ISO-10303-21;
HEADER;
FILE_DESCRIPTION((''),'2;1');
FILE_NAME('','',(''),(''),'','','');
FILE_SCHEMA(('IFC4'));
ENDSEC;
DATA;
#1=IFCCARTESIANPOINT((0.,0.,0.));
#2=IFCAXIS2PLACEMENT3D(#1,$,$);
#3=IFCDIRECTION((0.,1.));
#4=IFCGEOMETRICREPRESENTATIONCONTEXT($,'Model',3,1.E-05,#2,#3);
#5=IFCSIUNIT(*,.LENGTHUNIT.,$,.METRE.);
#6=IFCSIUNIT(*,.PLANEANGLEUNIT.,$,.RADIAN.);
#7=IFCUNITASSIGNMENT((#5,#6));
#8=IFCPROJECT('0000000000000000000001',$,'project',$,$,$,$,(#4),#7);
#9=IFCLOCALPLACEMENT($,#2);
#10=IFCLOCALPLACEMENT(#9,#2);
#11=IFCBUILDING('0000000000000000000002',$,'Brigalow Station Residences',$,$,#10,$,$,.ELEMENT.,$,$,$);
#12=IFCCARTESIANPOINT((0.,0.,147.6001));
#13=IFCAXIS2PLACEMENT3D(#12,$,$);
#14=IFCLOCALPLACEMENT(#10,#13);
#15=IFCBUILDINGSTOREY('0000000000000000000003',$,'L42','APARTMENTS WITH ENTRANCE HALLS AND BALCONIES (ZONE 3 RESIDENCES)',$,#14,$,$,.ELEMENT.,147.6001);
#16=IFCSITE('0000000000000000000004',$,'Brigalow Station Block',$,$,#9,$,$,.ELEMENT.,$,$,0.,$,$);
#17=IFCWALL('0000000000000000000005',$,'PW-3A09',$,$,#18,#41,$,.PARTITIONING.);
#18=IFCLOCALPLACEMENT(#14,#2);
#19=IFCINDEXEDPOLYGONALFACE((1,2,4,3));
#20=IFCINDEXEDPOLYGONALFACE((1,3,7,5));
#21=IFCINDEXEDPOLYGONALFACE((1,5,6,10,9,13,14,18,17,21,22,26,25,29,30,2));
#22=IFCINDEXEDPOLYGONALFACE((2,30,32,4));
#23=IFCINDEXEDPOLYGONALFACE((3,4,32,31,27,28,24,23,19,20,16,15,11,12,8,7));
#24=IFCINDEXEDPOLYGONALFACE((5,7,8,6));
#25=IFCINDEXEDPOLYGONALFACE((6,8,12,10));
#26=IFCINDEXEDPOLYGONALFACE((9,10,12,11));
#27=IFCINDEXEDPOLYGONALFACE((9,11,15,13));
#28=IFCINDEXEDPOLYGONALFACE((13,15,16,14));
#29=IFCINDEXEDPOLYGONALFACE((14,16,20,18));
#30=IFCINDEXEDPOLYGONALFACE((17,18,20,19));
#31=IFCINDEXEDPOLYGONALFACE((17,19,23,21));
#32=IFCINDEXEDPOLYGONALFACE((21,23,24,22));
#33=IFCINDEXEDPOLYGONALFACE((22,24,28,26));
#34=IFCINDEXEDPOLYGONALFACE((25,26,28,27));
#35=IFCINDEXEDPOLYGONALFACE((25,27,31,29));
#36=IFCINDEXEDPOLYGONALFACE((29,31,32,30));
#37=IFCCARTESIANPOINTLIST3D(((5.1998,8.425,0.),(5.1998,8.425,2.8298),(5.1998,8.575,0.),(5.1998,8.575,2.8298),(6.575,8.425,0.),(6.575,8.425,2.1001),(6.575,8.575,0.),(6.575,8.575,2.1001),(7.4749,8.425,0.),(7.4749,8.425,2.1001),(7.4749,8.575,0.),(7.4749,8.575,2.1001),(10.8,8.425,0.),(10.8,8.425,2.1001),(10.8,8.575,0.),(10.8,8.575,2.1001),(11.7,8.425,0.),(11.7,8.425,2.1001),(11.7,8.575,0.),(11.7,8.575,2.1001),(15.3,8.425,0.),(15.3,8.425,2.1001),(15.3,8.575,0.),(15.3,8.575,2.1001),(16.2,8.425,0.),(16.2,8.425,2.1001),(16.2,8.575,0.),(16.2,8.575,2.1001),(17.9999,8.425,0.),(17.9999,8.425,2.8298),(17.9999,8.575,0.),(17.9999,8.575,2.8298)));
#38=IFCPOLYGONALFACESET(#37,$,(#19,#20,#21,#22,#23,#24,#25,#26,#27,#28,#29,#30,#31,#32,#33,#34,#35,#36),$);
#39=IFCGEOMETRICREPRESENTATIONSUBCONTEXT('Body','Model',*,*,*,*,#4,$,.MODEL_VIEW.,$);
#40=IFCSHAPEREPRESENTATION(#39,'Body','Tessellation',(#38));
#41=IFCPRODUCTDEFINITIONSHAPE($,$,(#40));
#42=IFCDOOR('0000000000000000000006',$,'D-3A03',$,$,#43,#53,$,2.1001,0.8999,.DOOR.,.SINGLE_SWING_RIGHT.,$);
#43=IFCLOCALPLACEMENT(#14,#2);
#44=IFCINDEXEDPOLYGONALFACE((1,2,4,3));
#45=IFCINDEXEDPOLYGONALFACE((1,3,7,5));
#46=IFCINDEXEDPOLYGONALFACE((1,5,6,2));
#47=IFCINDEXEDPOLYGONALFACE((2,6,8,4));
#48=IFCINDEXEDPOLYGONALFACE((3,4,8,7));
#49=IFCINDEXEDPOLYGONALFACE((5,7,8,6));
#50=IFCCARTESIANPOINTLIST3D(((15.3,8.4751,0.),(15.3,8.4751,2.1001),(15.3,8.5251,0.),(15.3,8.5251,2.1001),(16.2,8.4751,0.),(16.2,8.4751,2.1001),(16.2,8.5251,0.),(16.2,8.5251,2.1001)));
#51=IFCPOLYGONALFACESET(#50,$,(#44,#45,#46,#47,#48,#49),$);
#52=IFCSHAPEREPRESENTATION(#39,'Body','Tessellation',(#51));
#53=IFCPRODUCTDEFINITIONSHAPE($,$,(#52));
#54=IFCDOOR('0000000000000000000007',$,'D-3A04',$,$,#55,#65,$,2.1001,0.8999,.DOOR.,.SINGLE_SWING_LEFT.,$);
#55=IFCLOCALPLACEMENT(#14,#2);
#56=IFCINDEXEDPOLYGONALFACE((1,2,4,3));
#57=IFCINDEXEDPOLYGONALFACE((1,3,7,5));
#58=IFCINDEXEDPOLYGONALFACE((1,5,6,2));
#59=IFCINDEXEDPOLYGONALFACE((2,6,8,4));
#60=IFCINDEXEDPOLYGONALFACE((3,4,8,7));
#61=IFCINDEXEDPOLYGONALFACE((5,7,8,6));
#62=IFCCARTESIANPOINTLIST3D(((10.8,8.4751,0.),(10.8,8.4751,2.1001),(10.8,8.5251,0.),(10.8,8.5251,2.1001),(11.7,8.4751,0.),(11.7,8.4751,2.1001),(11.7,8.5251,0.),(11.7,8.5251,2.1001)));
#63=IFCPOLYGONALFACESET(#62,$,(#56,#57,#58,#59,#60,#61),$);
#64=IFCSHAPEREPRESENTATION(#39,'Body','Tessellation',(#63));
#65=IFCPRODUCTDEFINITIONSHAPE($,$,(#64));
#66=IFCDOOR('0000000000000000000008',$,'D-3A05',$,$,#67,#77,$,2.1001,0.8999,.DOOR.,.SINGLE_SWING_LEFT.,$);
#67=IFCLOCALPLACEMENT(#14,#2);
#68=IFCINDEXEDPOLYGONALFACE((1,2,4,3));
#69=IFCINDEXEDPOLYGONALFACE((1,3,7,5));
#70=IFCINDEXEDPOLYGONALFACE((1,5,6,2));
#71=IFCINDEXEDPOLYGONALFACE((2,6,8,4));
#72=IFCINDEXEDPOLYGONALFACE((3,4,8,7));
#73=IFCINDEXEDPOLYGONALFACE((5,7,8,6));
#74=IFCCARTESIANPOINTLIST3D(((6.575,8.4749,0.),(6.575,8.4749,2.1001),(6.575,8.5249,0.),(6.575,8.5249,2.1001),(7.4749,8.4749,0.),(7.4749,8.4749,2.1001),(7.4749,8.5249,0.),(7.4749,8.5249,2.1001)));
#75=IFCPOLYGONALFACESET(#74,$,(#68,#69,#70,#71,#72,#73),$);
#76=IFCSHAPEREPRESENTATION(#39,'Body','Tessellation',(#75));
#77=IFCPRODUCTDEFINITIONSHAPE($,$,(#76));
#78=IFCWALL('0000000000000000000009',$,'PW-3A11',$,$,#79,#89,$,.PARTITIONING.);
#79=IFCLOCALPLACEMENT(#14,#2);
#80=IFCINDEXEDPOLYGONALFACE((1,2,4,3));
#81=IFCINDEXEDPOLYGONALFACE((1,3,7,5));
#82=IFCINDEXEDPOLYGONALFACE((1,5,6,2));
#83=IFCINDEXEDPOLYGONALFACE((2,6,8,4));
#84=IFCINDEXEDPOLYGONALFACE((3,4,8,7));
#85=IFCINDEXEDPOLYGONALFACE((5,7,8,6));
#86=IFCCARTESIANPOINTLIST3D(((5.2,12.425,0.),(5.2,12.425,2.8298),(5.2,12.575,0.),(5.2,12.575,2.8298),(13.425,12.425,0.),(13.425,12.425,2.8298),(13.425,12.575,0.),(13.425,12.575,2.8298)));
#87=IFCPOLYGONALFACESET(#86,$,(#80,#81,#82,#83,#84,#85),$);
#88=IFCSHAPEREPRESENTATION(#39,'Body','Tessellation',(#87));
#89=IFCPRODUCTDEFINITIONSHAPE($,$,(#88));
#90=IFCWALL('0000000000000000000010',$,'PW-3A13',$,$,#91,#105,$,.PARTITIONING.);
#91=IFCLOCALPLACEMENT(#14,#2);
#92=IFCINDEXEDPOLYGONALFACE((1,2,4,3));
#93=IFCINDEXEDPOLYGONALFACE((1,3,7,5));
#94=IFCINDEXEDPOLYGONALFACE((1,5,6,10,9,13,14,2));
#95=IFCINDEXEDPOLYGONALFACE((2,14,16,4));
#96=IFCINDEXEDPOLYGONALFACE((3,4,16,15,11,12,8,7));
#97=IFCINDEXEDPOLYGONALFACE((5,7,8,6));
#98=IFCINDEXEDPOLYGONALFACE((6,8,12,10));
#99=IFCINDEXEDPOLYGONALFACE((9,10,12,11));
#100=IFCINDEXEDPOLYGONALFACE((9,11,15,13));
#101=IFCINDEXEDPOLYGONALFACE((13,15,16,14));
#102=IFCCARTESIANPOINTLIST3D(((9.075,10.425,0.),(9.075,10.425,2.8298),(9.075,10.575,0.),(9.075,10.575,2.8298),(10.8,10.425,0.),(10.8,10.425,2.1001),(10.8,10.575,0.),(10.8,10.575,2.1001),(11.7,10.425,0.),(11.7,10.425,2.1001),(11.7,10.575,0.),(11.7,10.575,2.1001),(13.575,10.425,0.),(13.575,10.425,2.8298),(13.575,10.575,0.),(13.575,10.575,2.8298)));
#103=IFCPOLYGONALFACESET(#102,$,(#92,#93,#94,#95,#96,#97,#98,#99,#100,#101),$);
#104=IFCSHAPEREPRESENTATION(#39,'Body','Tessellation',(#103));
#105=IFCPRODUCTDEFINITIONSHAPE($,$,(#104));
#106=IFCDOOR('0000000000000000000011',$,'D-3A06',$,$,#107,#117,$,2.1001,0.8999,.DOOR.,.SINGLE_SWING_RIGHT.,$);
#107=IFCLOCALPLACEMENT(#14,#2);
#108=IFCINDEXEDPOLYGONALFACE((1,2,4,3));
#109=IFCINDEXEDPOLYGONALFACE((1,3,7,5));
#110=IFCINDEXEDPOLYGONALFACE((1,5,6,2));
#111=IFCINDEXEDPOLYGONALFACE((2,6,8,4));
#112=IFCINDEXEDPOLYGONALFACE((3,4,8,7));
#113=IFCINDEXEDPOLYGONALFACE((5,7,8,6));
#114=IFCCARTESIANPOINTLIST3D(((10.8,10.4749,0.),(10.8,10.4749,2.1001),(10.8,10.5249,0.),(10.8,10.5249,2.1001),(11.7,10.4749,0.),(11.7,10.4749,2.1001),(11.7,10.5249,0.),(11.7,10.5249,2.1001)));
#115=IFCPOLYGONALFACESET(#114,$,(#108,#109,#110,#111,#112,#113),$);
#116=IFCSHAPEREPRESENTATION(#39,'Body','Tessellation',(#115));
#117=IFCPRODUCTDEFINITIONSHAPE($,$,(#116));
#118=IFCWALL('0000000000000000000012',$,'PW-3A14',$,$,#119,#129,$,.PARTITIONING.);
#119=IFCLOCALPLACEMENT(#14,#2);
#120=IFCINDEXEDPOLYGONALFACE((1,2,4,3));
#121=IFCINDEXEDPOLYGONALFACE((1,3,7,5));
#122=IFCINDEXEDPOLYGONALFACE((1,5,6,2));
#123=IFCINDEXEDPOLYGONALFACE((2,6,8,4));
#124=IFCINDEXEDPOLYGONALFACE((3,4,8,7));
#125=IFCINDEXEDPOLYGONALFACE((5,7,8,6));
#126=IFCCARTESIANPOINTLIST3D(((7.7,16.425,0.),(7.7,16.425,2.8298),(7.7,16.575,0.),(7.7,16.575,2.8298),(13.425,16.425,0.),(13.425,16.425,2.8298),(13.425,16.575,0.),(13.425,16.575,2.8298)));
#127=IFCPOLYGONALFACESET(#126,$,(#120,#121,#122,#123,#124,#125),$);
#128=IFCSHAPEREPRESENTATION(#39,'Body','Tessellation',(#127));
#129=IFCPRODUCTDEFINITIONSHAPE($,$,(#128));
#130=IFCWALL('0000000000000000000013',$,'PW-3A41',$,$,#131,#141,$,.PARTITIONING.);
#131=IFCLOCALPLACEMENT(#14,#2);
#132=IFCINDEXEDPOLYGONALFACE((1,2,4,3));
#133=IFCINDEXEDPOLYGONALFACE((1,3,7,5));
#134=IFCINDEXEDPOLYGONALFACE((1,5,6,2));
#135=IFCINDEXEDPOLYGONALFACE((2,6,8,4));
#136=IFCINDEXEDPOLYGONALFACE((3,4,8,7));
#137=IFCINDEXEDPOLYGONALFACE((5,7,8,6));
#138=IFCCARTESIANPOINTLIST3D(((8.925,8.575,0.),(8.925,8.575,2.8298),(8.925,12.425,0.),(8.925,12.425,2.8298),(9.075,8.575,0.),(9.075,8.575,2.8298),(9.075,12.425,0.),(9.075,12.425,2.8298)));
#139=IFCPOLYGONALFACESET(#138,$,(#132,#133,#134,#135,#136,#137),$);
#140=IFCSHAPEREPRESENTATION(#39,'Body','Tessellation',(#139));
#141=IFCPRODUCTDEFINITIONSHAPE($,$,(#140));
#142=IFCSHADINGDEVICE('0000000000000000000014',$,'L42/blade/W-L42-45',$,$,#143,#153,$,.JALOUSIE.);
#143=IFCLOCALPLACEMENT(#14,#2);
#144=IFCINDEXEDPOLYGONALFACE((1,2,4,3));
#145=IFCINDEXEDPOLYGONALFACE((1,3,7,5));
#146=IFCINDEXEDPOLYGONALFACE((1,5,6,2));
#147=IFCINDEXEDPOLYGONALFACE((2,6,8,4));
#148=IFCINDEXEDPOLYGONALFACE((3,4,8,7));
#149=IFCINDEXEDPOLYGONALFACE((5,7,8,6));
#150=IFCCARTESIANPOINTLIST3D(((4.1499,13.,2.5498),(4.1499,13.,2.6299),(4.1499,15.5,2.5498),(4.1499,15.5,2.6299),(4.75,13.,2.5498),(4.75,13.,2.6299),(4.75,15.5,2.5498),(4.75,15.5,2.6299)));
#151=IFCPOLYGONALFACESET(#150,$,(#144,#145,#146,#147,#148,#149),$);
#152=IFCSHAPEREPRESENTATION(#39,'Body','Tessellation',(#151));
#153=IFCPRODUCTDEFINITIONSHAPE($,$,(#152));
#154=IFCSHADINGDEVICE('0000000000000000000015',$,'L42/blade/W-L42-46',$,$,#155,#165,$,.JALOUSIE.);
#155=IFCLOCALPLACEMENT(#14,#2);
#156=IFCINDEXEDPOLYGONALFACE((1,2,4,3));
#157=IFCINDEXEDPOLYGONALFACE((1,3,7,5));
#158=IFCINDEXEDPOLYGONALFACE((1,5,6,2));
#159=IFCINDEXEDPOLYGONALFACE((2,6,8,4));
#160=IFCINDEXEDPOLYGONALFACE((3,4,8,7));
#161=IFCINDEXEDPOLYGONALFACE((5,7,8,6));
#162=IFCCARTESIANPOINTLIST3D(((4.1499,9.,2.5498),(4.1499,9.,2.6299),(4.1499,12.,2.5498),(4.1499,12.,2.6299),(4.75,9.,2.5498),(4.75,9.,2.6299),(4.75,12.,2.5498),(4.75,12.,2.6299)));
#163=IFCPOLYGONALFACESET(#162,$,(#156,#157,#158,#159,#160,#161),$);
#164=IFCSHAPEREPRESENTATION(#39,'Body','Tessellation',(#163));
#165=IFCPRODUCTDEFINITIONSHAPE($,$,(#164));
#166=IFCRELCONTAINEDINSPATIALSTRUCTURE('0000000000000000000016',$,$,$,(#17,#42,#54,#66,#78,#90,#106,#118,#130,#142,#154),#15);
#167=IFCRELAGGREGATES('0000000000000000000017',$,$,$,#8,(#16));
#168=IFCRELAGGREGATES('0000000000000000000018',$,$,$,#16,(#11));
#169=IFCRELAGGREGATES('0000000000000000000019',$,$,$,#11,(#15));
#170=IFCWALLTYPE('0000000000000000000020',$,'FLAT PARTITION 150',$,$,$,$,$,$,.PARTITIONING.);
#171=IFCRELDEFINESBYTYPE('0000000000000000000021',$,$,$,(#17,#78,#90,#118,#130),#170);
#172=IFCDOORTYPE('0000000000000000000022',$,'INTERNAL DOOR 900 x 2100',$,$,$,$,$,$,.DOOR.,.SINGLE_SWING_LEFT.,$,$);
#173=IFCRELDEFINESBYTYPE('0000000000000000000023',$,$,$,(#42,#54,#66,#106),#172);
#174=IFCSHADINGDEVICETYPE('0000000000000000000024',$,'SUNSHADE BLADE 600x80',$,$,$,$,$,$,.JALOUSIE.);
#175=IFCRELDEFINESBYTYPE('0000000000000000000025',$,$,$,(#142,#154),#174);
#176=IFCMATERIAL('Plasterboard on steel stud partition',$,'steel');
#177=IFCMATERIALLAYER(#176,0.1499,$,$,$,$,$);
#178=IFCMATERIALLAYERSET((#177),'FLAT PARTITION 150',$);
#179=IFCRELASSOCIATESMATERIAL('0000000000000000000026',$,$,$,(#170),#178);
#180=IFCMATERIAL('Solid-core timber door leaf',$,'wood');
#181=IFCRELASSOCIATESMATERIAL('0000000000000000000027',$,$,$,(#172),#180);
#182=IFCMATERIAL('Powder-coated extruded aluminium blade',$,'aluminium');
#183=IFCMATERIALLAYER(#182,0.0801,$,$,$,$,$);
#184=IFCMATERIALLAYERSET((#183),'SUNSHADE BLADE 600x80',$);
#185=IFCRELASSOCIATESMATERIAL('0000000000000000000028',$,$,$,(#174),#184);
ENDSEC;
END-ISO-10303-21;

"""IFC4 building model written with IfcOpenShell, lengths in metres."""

from ifc_helpers import new_model, si_unit, direction, frame, frame_2d, origin, origin_2d, place, context, subcontext, project, spatial, rectangle, extrude, material, layer, layer_set, type_object, element, fill, save


model = new_model("IFC4")

# Units and contexts
model_context = context("Model", 3, precision=1e-05, world=origin(), true_north=direction((0.0, 1.0)))
body_context = subcontext(model_context, "Body", "Model", "MODEL_VIEW")
ifc_project = project(units=[si_unit("LENGTHUNIT", "METRE"), si_unit("PLANEANGLEUNIT", "RADIAN")], contexts=[model_context])

# Site, building, storey
site_placement = place(None, origin())
site = spatial("IfcSite", under=ifc_project, at=site_placement, Name="Brigalow Station Block", CompositionType="ELEMENT", RefElevation=0.0)
building_placement = place(site_placement, origin())
building = spatial("IfcBuilding", under=site, at=building_placement, Name="Brigalow Station Residences", CompositionType="ELEMENT")
storey_placement = place(building_placement, frame((0.0, 0.0, 147.6001)))
storey = spatial("IfcBuildingStorey", under=building, at=storey_placement, Name="L42", Description="APARTMENTS WITH ENTRANCE HALLS AND BALCONIES (ZONE 3 RESIDENCES)", CompositionType="ELEMENT", Elevation=147.6001)

# Wall, openings, doors
ifc_material_1 = material(Name="Plasterboard on steel stud partition", Category="steel")
ifc_layer_1 = layer(ifc_material_1, 0.1499)
ifc_layer_set_1 = layer_set([ifc_layer_1], Name="FLAT PARTITION 150")
wall_type_1 = type_object("IfcWallType", Name="FLAT PARTITION 150", PredefinedType="PARTITIONING", material=ifc_layer_set_1)
wall_1_placement = place(storey_placement, frame((5.2, 8.5, 0.0), z_axis=(0.0, 0.0, 1.0), x_axis=(1.0, 0.0, 0.0)))
wall_1 = element("IfcWall", 1, at=wall_1_placement, inside=storey, type_object=wall_type_1, Name="PW-3A09", PredefinedType="PARTITIONING", context=body_context, shape_type="SweptSolid", body=[
    extrude(rectangle(XDim=12.8, YDim=0.1499, at=frame_2d((6.3999, 0.0))), origin(), (0.0, 0.0, 1.0), 2.8298),
])
opening_1_placement = place(wall_1_placement, frame((10.1001, 0.0, 0.0)))
opening_1 = element("IfcOpeningElement", 2, at=opening_1_placement, cuts=wall_1, PredefinedType="OPENING", context=body_context, shape_type="SweptSolid", body=[
    extrude(rectangle(XDim=0.8999, YDim=2.1001, at=frame_2d((0.45, 1.05))), frame((0.0, 0.085, 0.0), z_axis=(0.0, -1.0, 0.0), x_axis=(1.0, 0.0, 0.0)), (0.0, 0.0, 1.0), 0.1699),
])
opening_2_placement = place(wall_1_placement, frame((5.6001, 0.0, 0.0)))
opening_2 = element("IfcOpeningElement", 3, at=opening_2_placement, cuts=wall_1, PredefinedType="OPENING", context=body_context, shape_type="SweptSolid", body=[
    extrude(rectangle(XDim=0.8999, YDim=2.1001, at=frame_2d((0.45, 1.05))), frame((0.0, 0.085, 0.0), z_axis=(0.0, -1.0, 0.0), x_axis=(1.0, 0.0, 0.0)), (0.0, 0.0, 1.0), 0.1699),
])
opening_3_placement = place(wall_1_placement, frame((1.375, 0.0, 0.0)))
opening_3 = element("IfcOpeningElement", 4, at=opening_3_placement, cuts=wall_1, PredefinedType="OPENING", context=body_context, shape_type="SweptSolid", body=[
    extrude(rectangle(XDim=0.8999, YDim=2.1001, at=frame_2d((0.45, 1.05))), frame((0.0, 0.085, 0.0), z_axis=(0.0, -1.0, 0.0), x_axis=(1.0, 0.0, 0.0)), (0.0, 0.0, 1.0), 0.1699),
])
ifc_material_2 = material(Name="Solid-core timber door leaf", Category="wood")
door_type_1 = type_object("IfcDoorType", Name="INTERNAL DOOR 900 x 2100", OperationType="SINGLE_SWING_LEFT", PredefinedType="DOOR", material=ifc_material_2)
door_1_placement = place(opening_1_placement, frame((0.8999, 0.0, 0.0), z_axis=(0.0, 0.0, 1.0), x_axis=(-1.0, 0.0, 0.0)))
door_1 = element("IfcDoor", 5, at=door_1_placement, inside=storey, type_object=door_type_1, Name="D-3A03", OperationType="SINGLE_SWING_RIGHT", OverallHeight=2.1001, OverallWidth=0.8999, PredefinedType="DOOR", context=body_context, shape_type="SweptSolid", body=[
    extrude(rectangle(XDim=0.8999, YDim=2.1001, at=frame_2d((0.45, 1.05))), frame((0.0, 0.0249, 0.0), z_axis=(0.0, -1.0, 0.0), x_axis=(1.0, 0.0, 0.0)), (0.0, 0.0, 1.0), 0.05),
])
fill(opening_1, door_1)
door_2_placement = place(opening_2_placement, frame((0.8999, 0.0, 0.0), z_axis=(0.0, 0.0, 1.0), x_axis=(-1.0, 0.0, 0.0)))
door_2 = element("IfcDoor", 6, at=door_2_placement, inside=storey, type_object=door_type_1, Name="D-3A04", OperationType="SINGLE_SWING_LEFT", OverallHeight=2.1001, OverallWidth=0.8999, PredefinedType="DOOR", context=body_context, shape_type="SweptSolid", body=[
    extrude(rectangle(XDim=0.8999, YDim=2.1001, at=frame_2d((0.45, 1.05))), frame((0.0, 0.0249, 0.0), z_axis=(0.0, -1.0, 0.0), x_axis=(1.0, 0.0, 0.0)), (0.0, 0.0, 1.0), 0.05),
])
fill(opening_2, door_2)
door_3_placement = place(opening_3_placement, origin())
door_3 = element("IfcDoor", 7, at=door_3_placement, inside=storey, type_object=door_type_1, Name="D-3A05", OperationType="SINGLE_SWING_LEFT", OverallHeight=2.1001, OverallWidth=0.8999, PredefinedType="DOOR", context=body_context, shape_type="SweptSolid", body=[
    extrude(rectangle(XDim=0.8999, YDim=2.1001, at=frame_2d((0.45, 1.05))), frame((0.0, 0.0249, 0.0), z_axis=(0.0, -1.0, 0.0), x_axis=(1.0, 0.0, 0.0)), (0.0, 0.0, 1.0), 0.05),
])
fill(opening_3, door_3)

# Wall
wall_2_placement = place(storey_placement, frame((5.2, 12.5, 0.0), z_axis=(0.0, 0.0, 1.0), x_axis=(1.0, 0.0, 0.0)))
element("IfcWall", 8, at=wall_2_placement, inside=storey, type_object=wall_type_1, Name="PW-3A11", PredefinedType="PARTITIONING", context=body_context, shape_type="SweptSolid", body=[
    extrude(rectangle(XDim=8.2251, YDim=0.1499, at=frame_2d((4.1125, 0.0))), origin(), (0.0, 0.0, 1.0), 2.8298),
])

# Wall, opening, door
wall_3_placement = place(storey_placement, frame((9.075, 10.5, 0.0), z_axis=(0.0, 0.0, 1.0), x_axis=(1.0, 0.0, 0.0)))
wall_3 = element("IfcWall", 9, at=wall_3_placement, inside=storey, type_object=wall_type_1, Name="PW-3A13", PredefinedType="PARTITIONING", context=body_context, shape_type="SweptSolid", body=[
    extrude(rectangle(XDim=4.5, YDim=0.1499, at=frame_2d((2.25, 0.0))), origin(), (0.0, 0.0, 1.0), 2.8298),
])
opening_4_placement = place(wall_3_placement, frame((1.7251, 0.0, 0.0)))
opening_4 = element("IfcOpeningElement", 10, at=opening_4_placement, cuts=wall_3, PredefinedType="OPENING", context=body_context, shape_type="SweptSolid", body=[
    extrude(rectangle(XDim=0.8999, YDim=2.1001, at=frame_2d((0.45, 1.05))), frame((0.0, 0.085, 0.0), z_axis=(0.0, -1.0, 0.0), x_axis=(1.0, 0.0, 0.0)), (0.0, 0.0, 1.0), 0.1699),
])
door_4_placement = place(opening_4_placement, origin())
door_4 = element("IfcDoor", 11, at=door_4_placement, inside=storey, type_object=door_type_1, Name="D-3A06", OperationType="SINGLE_SWING_RIGHT", OverallHeight=2.1001, OverallWidth=0.8999, PredefinedType="DOOR", context=body_context, shape_type="SweptSolid", body=[
    extrude(rectangle(XDim=0.8999, YDim=2.1001, at=frame_2d((0.45, 1.05))), frame((0.0, 0.0249, 0.0), z_axis=(0.0, -1.0, 0.0), x_axis=(1.0, 0.0, 0.0)), (0.0, 0.0, 1.0), 0.05),
])
fill(opening_4, door_4)

# Walls
wall_4_placement = place(storey_placement, frame((7.7, 16.5, 0.0), z_axis=(0.0, 0.0, 1.0), x_axis=(1.0, 0.0, 0.0)))
element("IfcWall", 12, at=wall_4_placement, inside=storey, type_object=wall_type_1, Name="PW-3A14", PredefinedType="PARTITIONING", context=body_context, shape_type="SweptSolid", body=[
    extrude(rectangle(XDim=5.7251, YDim=0.1499, at=frame_2d((2.8625, 0.0))), origin(), (0.0, 0.0, 1.0), 2.8298),
])
wall_5_placement = place(storey_placement, frame((9.0, 8.575, 0.0), z_axis=(0.0, 0.0, 1.0), x_axis=(0.0, 1.0, 0.0)))
element("IfcWall", 13, at=wall_5_placement, inside=storey, type_object=wall_type_1, Name="PW-3A41", PredefinedType="PARTITIONING", context=body_context, shape_type="SweptSolid", body=[
    extrude(rectangle(XDim=3.8501, YDim=0.1499, at=frame_2d((1.925, 0.0))), origin(), (0.0, 0.0, 1.0), 2.8298),
])

# Shading devices
ifc_material_3 = material(Name="Powder-coated extruded aluminium blade", Category="aluminium")
ifc_layer_2 = layer(ifc_material_3, 0.0801)
ifc_layer_set_2 = layer_set([ifc_layer_2], Name="SUNSHADE BLADE 600x80")
shading_device_type = type_object("IfcShadingDeviceType", Name="SUNSHADE BLADE 600x80", PredefinedType="JALOUSIE", material=ifc_layer_set_2)
shading_device_1_placement = place(storey_placement, frame((4.45, 14.25, 2.5498), z_axis=(0.0, 0.0, 1.0), x_axis=(0.0, -1.0, 0.0)))
element("IfcShadingDevice", 14, at=shading_device_1_placement, inside=storey, type_object=shading_device_type, Name="L42/blade/W-L42-45", PredefinedType="JALOUSIE", context=body_context, shape_type="SweptSolid", body=[
    extrude(rectangle(XDim=2.5, YDim=0.6001, at=origin_2d()), origin(), (0.0, 0.0, 1.0), 0.0801),
])
shading_device_2_placement = place(storey_placement, frame((4.45, 10.5, 2.5498), z_axis=(0.0, 0.0, 1.0), x_axis=(0.0, -1.0, 0.0)))
element("IfcShadingDevice", 15, at=shading_device_2_placement, inside=storey, type_object=shading_device_type, Name="L42/blade/W-L42-46", PredefinedType="JALOUSIE", context=body_context, shape_type="SweptSolid", body=[
    extrude(rectangle(XDim=3.0, YDim=0.6001, at=origin_2d()), origin(), (0.0, 0.0, 1.0), 0.0801),
])

save(model, "model.ifc")
